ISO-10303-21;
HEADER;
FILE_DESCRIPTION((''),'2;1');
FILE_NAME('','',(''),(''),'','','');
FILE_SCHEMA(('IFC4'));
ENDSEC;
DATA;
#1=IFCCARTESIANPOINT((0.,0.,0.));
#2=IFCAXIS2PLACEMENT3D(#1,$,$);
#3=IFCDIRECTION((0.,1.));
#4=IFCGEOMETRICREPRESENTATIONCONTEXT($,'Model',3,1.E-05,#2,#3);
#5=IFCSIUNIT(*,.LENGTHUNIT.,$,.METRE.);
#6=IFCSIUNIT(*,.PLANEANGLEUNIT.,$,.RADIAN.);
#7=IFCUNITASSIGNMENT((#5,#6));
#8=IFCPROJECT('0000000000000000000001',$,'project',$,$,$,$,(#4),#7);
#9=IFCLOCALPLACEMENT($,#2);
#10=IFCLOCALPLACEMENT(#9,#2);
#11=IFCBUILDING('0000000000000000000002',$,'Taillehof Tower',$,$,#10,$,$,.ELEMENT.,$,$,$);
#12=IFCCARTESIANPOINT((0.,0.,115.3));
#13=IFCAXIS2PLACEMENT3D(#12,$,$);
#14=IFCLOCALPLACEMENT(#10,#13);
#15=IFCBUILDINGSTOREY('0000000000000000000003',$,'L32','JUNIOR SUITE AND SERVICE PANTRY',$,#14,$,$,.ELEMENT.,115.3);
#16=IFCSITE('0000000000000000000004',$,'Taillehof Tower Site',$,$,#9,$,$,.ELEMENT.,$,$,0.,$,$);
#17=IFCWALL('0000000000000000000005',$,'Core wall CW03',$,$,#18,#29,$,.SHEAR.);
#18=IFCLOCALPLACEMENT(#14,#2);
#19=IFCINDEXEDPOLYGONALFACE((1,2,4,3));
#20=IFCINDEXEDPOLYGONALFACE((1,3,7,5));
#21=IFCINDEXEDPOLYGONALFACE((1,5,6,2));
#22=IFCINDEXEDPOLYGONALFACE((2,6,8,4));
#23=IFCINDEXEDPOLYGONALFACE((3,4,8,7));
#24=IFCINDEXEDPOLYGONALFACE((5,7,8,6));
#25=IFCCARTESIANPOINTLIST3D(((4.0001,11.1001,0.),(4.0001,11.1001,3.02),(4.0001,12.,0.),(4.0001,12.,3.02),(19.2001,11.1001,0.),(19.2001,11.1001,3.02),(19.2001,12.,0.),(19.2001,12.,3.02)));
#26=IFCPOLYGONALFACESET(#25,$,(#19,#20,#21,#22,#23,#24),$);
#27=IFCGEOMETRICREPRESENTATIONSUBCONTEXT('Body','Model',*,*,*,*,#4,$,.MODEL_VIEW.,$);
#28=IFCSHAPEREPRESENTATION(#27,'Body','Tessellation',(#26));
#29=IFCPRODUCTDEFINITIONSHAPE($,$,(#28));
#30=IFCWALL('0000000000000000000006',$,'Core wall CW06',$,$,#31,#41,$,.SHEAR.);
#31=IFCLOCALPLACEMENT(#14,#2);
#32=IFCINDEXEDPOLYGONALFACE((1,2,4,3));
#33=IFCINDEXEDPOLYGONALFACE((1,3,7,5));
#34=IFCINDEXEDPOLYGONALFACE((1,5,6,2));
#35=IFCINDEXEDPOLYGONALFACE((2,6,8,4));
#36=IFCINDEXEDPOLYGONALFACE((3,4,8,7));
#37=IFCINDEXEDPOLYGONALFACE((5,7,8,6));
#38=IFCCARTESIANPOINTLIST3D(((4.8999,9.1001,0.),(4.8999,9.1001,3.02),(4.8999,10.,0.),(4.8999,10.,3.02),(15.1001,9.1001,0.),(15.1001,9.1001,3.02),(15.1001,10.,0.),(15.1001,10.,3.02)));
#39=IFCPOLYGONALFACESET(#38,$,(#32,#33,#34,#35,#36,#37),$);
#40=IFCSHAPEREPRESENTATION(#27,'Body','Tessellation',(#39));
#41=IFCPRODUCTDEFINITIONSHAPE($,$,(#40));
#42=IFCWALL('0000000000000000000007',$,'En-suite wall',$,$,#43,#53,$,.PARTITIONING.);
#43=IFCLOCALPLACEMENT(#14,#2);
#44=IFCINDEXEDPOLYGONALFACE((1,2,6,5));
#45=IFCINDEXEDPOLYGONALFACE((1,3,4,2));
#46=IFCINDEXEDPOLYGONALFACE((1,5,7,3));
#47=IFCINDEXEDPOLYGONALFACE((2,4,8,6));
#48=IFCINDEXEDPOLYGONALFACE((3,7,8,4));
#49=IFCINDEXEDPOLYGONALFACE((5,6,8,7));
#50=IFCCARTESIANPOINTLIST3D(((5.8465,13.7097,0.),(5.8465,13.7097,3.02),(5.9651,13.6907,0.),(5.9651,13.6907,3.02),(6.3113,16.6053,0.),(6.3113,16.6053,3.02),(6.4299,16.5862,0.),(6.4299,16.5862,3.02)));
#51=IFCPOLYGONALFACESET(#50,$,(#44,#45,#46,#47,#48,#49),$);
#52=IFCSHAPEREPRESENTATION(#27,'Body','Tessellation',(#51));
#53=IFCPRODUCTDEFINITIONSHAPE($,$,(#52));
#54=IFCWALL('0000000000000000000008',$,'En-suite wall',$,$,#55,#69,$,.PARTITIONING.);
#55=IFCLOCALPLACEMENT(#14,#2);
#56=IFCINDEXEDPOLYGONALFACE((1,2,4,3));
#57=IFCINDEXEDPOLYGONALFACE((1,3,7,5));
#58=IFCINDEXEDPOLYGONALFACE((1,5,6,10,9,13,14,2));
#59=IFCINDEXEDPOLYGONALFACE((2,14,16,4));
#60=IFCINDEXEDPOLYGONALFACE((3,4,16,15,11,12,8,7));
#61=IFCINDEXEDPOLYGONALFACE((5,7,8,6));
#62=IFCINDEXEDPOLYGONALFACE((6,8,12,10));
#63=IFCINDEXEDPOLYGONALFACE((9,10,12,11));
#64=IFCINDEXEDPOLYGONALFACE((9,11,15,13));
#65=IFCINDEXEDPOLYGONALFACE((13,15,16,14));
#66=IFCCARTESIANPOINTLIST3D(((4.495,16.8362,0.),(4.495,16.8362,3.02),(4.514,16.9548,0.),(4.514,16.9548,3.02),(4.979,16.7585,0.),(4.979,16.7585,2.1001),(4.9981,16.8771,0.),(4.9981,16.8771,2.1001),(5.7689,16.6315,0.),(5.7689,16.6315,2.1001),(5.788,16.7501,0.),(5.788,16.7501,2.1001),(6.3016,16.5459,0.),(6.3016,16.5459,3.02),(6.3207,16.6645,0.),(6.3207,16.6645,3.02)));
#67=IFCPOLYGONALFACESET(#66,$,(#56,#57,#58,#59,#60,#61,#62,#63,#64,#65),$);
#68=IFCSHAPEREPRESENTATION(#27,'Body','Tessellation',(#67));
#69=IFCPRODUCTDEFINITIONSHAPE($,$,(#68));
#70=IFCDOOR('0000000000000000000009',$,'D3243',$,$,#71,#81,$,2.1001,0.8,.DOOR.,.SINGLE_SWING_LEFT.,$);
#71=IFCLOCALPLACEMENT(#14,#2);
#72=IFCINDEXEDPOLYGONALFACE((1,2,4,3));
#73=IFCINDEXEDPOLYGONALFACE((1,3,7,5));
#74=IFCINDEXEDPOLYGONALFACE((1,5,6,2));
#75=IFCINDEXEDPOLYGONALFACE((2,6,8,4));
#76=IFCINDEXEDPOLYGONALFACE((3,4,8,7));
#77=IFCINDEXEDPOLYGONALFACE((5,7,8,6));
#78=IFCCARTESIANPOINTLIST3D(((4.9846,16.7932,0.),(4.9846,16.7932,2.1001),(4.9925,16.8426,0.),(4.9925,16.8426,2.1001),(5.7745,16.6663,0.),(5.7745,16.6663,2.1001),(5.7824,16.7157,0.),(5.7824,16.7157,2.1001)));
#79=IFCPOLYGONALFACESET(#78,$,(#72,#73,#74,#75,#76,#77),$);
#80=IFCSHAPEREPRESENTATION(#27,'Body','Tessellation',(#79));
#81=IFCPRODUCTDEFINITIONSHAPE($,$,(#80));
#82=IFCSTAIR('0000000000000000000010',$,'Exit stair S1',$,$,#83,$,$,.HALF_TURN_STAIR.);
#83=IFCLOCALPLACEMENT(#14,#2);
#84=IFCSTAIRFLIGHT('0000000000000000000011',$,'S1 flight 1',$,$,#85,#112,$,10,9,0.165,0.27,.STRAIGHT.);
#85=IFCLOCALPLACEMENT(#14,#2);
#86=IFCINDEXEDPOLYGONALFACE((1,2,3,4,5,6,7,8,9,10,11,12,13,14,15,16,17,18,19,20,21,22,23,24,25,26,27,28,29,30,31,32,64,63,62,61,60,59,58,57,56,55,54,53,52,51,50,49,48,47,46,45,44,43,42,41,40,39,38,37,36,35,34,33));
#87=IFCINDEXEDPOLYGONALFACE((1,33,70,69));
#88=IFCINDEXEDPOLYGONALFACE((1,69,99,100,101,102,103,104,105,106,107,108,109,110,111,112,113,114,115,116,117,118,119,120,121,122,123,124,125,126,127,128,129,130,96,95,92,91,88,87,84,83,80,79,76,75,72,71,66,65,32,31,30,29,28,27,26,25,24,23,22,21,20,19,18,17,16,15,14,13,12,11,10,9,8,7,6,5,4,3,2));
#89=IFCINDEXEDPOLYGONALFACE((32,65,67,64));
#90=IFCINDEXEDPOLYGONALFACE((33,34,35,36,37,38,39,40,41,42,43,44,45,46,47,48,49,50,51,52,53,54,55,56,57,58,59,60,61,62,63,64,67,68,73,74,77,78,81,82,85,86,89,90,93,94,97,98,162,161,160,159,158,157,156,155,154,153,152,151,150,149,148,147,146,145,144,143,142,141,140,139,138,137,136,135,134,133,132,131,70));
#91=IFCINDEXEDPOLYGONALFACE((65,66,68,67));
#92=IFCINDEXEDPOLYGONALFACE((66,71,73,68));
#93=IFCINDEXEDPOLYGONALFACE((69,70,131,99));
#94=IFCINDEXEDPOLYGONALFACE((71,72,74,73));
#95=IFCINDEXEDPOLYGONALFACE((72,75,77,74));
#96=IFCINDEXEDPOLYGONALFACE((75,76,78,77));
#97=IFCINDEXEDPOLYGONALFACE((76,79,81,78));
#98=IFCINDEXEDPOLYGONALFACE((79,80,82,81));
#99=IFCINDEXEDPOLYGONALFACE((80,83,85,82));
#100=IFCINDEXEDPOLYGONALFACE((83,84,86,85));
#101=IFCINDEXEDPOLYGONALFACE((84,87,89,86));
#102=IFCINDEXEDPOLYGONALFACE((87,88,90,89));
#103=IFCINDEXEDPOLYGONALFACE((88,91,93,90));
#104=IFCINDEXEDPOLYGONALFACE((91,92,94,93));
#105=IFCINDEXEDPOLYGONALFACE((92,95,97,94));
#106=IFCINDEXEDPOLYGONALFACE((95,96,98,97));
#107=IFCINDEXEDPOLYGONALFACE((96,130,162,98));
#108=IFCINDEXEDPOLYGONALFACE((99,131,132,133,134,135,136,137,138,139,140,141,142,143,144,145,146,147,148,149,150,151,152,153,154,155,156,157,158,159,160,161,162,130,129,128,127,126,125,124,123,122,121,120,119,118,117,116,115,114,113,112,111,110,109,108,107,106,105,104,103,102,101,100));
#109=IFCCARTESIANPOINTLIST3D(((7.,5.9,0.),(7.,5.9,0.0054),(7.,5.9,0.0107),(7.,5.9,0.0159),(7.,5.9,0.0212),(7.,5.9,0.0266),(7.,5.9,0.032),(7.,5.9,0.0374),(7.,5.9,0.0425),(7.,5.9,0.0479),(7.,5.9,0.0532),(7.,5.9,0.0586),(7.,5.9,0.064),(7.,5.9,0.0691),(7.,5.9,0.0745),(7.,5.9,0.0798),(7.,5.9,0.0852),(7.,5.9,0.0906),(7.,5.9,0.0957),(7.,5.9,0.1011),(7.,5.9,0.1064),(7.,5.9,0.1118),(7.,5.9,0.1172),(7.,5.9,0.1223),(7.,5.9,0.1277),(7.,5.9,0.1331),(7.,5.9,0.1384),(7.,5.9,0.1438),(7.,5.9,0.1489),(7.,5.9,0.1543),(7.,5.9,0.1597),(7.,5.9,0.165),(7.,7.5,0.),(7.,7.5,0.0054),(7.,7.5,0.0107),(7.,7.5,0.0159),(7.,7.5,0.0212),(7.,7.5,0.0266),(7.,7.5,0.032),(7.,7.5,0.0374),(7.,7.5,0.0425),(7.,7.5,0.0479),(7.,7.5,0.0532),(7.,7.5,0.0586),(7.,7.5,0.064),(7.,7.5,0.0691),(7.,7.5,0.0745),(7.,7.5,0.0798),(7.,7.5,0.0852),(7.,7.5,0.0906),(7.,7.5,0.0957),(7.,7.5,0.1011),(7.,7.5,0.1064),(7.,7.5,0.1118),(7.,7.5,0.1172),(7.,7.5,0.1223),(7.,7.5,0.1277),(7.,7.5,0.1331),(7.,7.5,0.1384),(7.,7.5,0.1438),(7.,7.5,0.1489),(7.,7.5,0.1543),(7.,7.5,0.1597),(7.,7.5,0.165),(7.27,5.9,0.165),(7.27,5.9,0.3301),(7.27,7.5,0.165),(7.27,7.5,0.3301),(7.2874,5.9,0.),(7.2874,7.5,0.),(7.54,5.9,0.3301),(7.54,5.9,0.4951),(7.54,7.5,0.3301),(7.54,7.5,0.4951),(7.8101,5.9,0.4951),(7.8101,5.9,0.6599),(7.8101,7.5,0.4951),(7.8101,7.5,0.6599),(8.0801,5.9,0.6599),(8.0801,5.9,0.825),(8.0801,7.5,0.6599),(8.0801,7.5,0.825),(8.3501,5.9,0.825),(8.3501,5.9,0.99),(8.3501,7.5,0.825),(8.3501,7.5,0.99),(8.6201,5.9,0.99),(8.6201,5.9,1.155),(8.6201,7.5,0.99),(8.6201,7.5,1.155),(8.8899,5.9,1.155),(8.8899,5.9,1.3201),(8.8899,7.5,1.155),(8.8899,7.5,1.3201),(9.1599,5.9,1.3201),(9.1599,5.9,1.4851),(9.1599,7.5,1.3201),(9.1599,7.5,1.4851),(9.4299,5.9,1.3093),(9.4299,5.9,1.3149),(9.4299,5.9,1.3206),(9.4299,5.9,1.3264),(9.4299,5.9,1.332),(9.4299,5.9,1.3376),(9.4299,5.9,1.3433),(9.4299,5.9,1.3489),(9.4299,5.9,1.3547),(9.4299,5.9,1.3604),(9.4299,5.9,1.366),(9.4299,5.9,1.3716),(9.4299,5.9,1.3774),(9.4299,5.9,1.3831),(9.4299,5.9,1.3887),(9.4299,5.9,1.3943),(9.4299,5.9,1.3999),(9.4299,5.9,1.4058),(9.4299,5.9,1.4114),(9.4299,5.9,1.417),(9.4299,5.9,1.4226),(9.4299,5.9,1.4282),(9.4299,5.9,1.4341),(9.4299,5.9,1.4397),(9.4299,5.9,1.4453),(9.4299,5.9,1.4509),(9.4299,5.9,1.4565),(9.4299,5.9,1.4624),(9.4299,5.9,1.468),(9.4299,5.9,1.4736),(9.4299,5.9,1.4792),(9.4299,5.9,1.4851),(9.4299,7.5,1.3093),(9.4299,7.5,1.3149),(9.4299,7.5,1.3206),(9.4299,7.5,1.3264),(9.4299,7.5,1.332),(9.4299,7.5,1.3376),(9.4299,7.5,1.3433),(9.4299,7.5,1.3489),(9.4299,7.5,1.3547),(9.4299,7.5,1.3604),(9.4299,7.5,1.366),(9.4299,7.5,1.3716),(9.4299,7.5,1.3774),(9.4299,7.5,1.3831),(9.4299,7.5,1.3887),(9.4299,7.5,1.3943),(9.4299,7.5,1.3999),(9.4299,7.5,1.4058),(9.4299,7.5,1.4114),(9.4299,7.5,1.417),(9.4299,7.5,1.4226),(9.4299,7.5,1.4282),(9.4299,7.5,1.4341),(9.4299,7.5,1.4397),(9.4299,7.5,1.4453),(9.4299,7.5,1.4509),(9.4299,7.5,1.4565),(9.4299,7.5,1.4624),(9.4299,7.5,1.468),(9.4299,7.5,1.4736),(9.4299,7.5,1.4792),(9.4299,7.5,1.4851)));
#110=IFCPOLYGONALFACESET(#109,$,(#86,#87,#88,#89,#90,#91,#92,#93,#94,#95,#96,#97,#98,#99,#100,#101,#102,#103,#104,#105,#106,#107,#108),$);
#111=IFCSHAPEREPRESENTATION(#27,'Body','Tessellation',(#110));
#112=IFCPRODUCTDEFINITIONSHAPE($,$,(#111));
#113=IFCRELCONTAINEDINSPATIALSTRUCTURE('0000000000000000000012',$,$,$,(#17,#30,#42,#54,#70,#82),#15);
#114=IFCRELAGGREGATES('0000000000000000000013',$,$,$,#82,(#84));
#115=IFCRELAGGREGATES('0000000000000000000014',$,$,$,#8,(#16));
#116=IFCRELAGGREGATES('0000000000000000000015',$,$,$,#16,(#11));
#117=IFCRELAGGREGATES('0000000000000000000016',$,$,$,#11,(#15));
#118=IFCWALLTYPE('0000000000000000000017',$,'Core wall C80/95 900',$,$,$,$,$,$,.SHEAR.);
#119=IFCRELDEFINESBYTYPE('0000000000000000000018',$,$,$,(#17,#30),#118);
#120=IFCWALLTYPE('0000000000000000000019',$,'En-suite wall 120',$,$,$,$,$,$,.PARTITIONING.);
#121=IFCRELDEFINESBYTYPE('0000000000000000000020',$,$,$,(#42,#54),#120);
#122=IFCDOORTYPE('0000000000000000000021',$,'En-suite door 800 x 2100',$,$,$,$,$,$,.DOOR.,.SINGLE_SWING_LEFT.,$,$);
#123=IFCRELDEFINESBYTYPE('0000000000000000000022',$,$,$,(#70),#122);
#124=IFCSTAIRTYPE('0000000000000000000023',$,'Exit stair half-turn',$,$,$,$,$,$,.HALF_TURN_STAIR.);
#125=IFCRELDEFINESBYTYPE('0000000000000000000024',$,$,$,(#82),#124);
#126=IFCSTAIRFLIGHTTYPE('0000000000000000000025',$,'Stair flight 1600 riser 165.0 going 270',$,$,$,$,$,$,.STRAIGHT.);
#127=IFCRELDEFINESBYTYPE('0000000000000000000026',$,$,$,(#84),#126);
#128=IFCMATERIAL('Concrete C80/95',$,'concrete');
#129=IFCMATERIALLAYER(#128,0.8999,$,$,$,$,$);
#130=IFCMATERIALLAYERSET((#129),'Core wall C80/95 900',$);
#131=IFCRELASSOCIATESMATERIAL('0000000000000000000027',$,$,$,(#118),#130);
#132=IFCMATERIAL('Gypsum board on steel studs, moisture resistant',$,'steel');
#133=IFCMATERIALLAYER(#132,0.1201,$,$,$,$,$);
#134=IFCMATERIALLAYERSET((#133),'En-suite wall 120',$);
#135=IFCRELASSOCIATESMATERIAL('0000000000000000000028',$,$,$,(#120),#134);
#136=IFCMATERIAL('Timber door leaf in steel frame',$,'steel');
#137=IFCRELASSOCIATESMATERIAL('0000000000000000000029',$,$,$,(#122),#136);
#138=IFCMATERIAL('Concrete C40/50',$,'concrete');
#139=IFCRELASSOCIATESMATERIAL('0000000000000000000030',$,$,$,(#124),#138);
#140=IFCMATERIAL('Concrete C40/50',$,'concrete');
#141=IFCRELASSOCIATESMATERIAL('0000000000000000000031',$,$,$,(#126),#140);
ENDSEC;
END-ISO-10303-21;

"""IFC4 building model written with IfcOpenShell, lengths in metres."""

from ifc_helpers import new_model, si_unit, direction, frame, frame_2d, origin, place, context, subcontext, project, spatial, polyline, rectangle, outline, extrude, material, layer, layer_set, type_object, element, fill, aggregate, save


model = new_model("IFC4")

# Units and contexts
model_context = context("Model", 3, precision=1e-05, world=origin(), true_north=direction((0.0, 1.0)))
body_context = subcontext(model_context, "Body", "Model", "MODEL_VIEW")
ifc_project = project(units=[si_unit("LENGTHUNIT", "METRE"), si_unit("PLANEANGLEUNIT", "RADIAN")], contexts=[model_context])

# Site, building, storey
site_placement = place(None, origin())
site = spatial("IfcSite", under=ifc_project, at=site_placement, Name="Taillehof Tower Site", CompositionType="ELEMENT", RefElevation=0.0)
building_placement = place(site_placement, origin())
building = spatial("IfcBuilding", under=site, at=building_placement, Name="Taillehof Tower", CompositionType="ELEMENT")
storey_placement = place(building_placement, frame((0.0, 0.0, 115.3)))
storey = spatial("IfcBuildingStorey", under=building, at=storey_placement, Name="L32", Description="JUNIOR SUITE AND SERVICE PANTRY", CompositionType="ELEMENT", Elevation=115.3)

# Walls
ifc_material_1 = material(Name="Concrete C80/95", Category="concrete")
ifc_layer_1 = layer(ifc_material_1, 0.8999)
ifc_layer_set_1 = layer_set([ifc_layer_1], Name="Core wall C80/95 900")
wall_type_1 = type_object("IfcWallType", Name="Core wall C80/95 900", PredefinedType="SHEAR", material=ifc_layer_set_1)
wall_1_placement = place(storey_placement, frame((4.0, 11.55, 0.0), z_axis=(0.0, 0.0, 1.0), x_axis=(1.0, 0.0, 0.0)))
element("IfcWall", 1, at=wall_1_placement, inside=storey, type_object=wall_type_1, Name="Core wall CW03", PredefinedType="SHEAR", context=body_context, shape_type="SweptSolid", body=[
    extrude(rectangle(XDim=15.2, YDim=0.8999, at=frame_2d((7.6001, 0.0))), origin(), (0.0, 0.0, 1.0), 3.02),
])
wall_2_placement = place(storey_placement, frame((4.8999, 9.55, 0.0), z_axis=(0.0, 0.0, 1.0), x_axis=(1.0, 0.0, 0.0)))
element("IfcWall", 2, at=wall_2_placement, inside=storey, type_object=wall_type_1, Name="Core wall CW06", PredefinedType="SHEAR", context=body_context, shape_type="SweptSolid", body=[
    extrude(rectangle(XDim=10.2002, YDim=0.8999, at=frame_2d((5.1001, 0.0))), origin(), (0.0, 0.0, 1.0), 3.02),
])
ifc_material_2 = material(Name="Gypsum board on steel studs, moisture resistant", Category="steel")
ifc_layer_2 = layer(ifc_material_2, 0.1201)
ifc_layer_set_2 = layer_set([ifc_layer_2], Name="En-suite wall 120")
wall_type_2 = type_object("IfcWallType", Name="En-suite wall 120", PredefinedType="PARTITIONING", material=ifc_layer_set_2)
wall_3_placement = place(storey_placement, frame((5.9058, 13.7002, 0.0), z_axis=(0.0, 0.0, 1.0), x_axis=(0.15851, 0.987357, 0.0)))
element("IfcWall", 3, at=wall_3_placement, inside=storey, type_object=wall_type_2, Name="En-suite wall", PredefinedType="PARTITIONING", context=body_context, shape_type="SweptSolid", body=[
    extrude(rectangle(XDim=2.9326, YDim=0.1201, at=frame_2d((1.4663, 0.0))), origin(), (0.0, 0.0, 1.0), 3.02),
])

# Wall, opening, door
wall_4_placement = place(storey_placement, frame((6.3113, 16.6052, 0.0), z_axis=(0.0, 0.0, 1.0), x_axis=(-0.987336, 0.158641, 0.0)))
wall_4 = element("IfcWall", 4, at=wall_4_placement, inside=storey, type_object=wall_type_2, Name="En-suite wall", PredefinedType="PARTITIONING", context=body_context, shape_type="SweptSolid", body=[
    extrude(rectangle(XDim=1.8298, YDim=0.1201, at=frame_2d((0.915, 0.0))), origin(), (0.0, 0.0, 1.0), 3.02),
])
opening_1_placement = place(wall_4_placement, frame((0.5398, 0.0, 0.0)))
opening_1 = element("IfcOpeningElement", 5, at=opening_1_placement, cuts=wall_4, PredefinedType="OPENING", context=body_context, shape_type="SweptSolid", body=[
    extrude(rectangle(XDim=0.8, YDim=2.1001, at=frame_2d((0.3999, 1.05))), frame((0.0, 0.0701, 0.0), z_axis=(0.0, -1.0, 0.0), x_axis=(1.0, 0.0, 0.0)), (0.0, 0.0, 1.0), 0.1401),
])
ifc_material_3 = material(Name="Timber door leaf in steel frame", Category="steel")
door_type_1 = type_object("IfcDoorType", Name="En-suite door 800 x 2100", OperationType="SINGLE_SWING_LEFT", PredefinedType="DOOR", material=ifc_material_3)
door_1_placement = place(opening_1_placement, origin())
door_1 = element("IfcDoor", 6, at=door_1_placement, inside=storey, type_object=door_type_1, Name="D3243", OperationType="SINGLE_SWING_LEFT", OverallHeight=2.1001, OverallWidth=0.8, PredefinedType="DOOR", context=body_context, shape_type="SweptSolid", body=[
    extrude(rectangle(XDim=0.8, YDim=2.1001, at=frame_2d((0.3999, 1.05))), frame((0.0, 0.0249, 0.0), z_axis=(0.0, -1.0, 0.0), x_axis=(1.0, 0.0, 0.0)), (0.0, 0.0, 1.0), 0.05),
])
fill(opening_1, door_1)

# Stair, stair flight
ifc_material_4 = material(Name="Concrete C40/50", Category="concrete")
stair_type = type_object("IfcStairType", Name="Exit stair half-turn", PredefinedType="HALF_TURN_STAIR", material=ifc_material_4)
stair_placement = place(storey_placement, origin())
stair = element("IfcStair", 7, at=stair_placement, inside=storey, type_object=stair_type, Name="Exit stair S1", PredefinedType="HALF_TURN_STAIR")
ifc_material_5 = material(Name="Concrete C40/50", Category="concrete")
stair_flight_type = type_object("IfcStairFlightType", Name="Stair flight 1600 riser 165.0 going 270", PredefinedType="STRAIGHT", material=ifc_material_5)
stair_flight_placement = place(storey_placement, frame((7.0, 6.7, 0.0), z_axis=(0.0, 0.0, 1.0), x_axis=(1.0, 0.0, 0.0)))
stair_flight = element("IfcStairFlight", 8, at=stair_flight_placement, type_object=stair_flight_type, Name="S1 flight 1", NumberOfRisers=10, NumberOfTreads=9, PredefinedType="STRAIGHT", RiserHeight=0.165, TreadLength=0.27, context=body_context, shape_type="SweptSolid", body=[
    extrude(outline(polyline([(0.0, 0.0), (0.0, 0.0054), (0.0, 0.0107), (0.0, 0.0159), (0.0, 0.0212), (0.0, 0.0266), (0.0, 0.032), (0.0, 0.0374), (0.0, 0.0425), (0.0, 0.0479), (0.0, 0.0532), (0.0, 0.0586), (0.0, 0.064), (0.0, 0.0691), (0.0, 0.0745), (0.0, 0.0798), (0.0, 0.0852), (0.0, 0.0906), (0.0, 0.0957), (0.0, 0.1011), (0.0, 0.1064), (0.0, 0.1118), (0.0, 0.1172), (0.0, 0.1223), (0.0, 0.1277), (0.0, 0.1331), (0.0, 0.1384), (0.0, 0.1438), (0.0, 0.1489), (0.0, 0.1543), (0.0, 0.1597), (0.0, 0.165), (0.27, 0.165), (0.27, 0.3301), (0.54, 0.3301), (0.54, 0.4951), (0.8101, 0.4951), (0.8101, 0.6599), (1.0801, 0.6599), (1.0801, 0.825), (1.3501, 0.825), (1.3501, 0.99), (1.6201, 0.99), (1.6201, 1.155), (1.8899, 1.155), (1.8899, 1.3201), (2.1599, 1.3201), (2.1599, 1.4851), (2.4299, 1.4851), (2.4299, 1.4792), (2.4299, 1.4736), (2.4299, 1.468), (2.4299, 1.4624), (2.4299, 1.4565), (2.4299, 1.4509), (2.4299, 1.4453), (2.4299, 1.4397), (2.4299, 1.4341), (2.4299, 1.4282), (2.4299, 1.4226), (2.4299, 1.417), (2.4299, 1.4114), (2.4299, 1.4058), (2.4299, 1.3999), (2.4299, 1.3943), (2.4299, 1.3887), (2.4299, 1.3831), (2.4299, 1.3774), (2.4299, 1.3716), (2.4299, 1.366), (2.4299, 1.3604), (2.4299, 1.3547), (2.4299, 1.3489), (2.4299, 1.3433), (2.4299, 1.3376), (2.4299, 1.332), (2.4299, 1.3264), (2.4299, 1.3206), (2.4299, 1.3149), (2.4299, 1.3093), (0.2874, 0.0), (0.0, 0.0)])), frame((0.0, 0.8, 0.0), z_axis=(0.0, -1.0, 0.0), x_axis=(1.0, 0.0, 0.0)), (0.0, 0.0, 1.0), 1.6),
])
aggregate(stair, [stair_flight])

save(model, "model.ifc")
